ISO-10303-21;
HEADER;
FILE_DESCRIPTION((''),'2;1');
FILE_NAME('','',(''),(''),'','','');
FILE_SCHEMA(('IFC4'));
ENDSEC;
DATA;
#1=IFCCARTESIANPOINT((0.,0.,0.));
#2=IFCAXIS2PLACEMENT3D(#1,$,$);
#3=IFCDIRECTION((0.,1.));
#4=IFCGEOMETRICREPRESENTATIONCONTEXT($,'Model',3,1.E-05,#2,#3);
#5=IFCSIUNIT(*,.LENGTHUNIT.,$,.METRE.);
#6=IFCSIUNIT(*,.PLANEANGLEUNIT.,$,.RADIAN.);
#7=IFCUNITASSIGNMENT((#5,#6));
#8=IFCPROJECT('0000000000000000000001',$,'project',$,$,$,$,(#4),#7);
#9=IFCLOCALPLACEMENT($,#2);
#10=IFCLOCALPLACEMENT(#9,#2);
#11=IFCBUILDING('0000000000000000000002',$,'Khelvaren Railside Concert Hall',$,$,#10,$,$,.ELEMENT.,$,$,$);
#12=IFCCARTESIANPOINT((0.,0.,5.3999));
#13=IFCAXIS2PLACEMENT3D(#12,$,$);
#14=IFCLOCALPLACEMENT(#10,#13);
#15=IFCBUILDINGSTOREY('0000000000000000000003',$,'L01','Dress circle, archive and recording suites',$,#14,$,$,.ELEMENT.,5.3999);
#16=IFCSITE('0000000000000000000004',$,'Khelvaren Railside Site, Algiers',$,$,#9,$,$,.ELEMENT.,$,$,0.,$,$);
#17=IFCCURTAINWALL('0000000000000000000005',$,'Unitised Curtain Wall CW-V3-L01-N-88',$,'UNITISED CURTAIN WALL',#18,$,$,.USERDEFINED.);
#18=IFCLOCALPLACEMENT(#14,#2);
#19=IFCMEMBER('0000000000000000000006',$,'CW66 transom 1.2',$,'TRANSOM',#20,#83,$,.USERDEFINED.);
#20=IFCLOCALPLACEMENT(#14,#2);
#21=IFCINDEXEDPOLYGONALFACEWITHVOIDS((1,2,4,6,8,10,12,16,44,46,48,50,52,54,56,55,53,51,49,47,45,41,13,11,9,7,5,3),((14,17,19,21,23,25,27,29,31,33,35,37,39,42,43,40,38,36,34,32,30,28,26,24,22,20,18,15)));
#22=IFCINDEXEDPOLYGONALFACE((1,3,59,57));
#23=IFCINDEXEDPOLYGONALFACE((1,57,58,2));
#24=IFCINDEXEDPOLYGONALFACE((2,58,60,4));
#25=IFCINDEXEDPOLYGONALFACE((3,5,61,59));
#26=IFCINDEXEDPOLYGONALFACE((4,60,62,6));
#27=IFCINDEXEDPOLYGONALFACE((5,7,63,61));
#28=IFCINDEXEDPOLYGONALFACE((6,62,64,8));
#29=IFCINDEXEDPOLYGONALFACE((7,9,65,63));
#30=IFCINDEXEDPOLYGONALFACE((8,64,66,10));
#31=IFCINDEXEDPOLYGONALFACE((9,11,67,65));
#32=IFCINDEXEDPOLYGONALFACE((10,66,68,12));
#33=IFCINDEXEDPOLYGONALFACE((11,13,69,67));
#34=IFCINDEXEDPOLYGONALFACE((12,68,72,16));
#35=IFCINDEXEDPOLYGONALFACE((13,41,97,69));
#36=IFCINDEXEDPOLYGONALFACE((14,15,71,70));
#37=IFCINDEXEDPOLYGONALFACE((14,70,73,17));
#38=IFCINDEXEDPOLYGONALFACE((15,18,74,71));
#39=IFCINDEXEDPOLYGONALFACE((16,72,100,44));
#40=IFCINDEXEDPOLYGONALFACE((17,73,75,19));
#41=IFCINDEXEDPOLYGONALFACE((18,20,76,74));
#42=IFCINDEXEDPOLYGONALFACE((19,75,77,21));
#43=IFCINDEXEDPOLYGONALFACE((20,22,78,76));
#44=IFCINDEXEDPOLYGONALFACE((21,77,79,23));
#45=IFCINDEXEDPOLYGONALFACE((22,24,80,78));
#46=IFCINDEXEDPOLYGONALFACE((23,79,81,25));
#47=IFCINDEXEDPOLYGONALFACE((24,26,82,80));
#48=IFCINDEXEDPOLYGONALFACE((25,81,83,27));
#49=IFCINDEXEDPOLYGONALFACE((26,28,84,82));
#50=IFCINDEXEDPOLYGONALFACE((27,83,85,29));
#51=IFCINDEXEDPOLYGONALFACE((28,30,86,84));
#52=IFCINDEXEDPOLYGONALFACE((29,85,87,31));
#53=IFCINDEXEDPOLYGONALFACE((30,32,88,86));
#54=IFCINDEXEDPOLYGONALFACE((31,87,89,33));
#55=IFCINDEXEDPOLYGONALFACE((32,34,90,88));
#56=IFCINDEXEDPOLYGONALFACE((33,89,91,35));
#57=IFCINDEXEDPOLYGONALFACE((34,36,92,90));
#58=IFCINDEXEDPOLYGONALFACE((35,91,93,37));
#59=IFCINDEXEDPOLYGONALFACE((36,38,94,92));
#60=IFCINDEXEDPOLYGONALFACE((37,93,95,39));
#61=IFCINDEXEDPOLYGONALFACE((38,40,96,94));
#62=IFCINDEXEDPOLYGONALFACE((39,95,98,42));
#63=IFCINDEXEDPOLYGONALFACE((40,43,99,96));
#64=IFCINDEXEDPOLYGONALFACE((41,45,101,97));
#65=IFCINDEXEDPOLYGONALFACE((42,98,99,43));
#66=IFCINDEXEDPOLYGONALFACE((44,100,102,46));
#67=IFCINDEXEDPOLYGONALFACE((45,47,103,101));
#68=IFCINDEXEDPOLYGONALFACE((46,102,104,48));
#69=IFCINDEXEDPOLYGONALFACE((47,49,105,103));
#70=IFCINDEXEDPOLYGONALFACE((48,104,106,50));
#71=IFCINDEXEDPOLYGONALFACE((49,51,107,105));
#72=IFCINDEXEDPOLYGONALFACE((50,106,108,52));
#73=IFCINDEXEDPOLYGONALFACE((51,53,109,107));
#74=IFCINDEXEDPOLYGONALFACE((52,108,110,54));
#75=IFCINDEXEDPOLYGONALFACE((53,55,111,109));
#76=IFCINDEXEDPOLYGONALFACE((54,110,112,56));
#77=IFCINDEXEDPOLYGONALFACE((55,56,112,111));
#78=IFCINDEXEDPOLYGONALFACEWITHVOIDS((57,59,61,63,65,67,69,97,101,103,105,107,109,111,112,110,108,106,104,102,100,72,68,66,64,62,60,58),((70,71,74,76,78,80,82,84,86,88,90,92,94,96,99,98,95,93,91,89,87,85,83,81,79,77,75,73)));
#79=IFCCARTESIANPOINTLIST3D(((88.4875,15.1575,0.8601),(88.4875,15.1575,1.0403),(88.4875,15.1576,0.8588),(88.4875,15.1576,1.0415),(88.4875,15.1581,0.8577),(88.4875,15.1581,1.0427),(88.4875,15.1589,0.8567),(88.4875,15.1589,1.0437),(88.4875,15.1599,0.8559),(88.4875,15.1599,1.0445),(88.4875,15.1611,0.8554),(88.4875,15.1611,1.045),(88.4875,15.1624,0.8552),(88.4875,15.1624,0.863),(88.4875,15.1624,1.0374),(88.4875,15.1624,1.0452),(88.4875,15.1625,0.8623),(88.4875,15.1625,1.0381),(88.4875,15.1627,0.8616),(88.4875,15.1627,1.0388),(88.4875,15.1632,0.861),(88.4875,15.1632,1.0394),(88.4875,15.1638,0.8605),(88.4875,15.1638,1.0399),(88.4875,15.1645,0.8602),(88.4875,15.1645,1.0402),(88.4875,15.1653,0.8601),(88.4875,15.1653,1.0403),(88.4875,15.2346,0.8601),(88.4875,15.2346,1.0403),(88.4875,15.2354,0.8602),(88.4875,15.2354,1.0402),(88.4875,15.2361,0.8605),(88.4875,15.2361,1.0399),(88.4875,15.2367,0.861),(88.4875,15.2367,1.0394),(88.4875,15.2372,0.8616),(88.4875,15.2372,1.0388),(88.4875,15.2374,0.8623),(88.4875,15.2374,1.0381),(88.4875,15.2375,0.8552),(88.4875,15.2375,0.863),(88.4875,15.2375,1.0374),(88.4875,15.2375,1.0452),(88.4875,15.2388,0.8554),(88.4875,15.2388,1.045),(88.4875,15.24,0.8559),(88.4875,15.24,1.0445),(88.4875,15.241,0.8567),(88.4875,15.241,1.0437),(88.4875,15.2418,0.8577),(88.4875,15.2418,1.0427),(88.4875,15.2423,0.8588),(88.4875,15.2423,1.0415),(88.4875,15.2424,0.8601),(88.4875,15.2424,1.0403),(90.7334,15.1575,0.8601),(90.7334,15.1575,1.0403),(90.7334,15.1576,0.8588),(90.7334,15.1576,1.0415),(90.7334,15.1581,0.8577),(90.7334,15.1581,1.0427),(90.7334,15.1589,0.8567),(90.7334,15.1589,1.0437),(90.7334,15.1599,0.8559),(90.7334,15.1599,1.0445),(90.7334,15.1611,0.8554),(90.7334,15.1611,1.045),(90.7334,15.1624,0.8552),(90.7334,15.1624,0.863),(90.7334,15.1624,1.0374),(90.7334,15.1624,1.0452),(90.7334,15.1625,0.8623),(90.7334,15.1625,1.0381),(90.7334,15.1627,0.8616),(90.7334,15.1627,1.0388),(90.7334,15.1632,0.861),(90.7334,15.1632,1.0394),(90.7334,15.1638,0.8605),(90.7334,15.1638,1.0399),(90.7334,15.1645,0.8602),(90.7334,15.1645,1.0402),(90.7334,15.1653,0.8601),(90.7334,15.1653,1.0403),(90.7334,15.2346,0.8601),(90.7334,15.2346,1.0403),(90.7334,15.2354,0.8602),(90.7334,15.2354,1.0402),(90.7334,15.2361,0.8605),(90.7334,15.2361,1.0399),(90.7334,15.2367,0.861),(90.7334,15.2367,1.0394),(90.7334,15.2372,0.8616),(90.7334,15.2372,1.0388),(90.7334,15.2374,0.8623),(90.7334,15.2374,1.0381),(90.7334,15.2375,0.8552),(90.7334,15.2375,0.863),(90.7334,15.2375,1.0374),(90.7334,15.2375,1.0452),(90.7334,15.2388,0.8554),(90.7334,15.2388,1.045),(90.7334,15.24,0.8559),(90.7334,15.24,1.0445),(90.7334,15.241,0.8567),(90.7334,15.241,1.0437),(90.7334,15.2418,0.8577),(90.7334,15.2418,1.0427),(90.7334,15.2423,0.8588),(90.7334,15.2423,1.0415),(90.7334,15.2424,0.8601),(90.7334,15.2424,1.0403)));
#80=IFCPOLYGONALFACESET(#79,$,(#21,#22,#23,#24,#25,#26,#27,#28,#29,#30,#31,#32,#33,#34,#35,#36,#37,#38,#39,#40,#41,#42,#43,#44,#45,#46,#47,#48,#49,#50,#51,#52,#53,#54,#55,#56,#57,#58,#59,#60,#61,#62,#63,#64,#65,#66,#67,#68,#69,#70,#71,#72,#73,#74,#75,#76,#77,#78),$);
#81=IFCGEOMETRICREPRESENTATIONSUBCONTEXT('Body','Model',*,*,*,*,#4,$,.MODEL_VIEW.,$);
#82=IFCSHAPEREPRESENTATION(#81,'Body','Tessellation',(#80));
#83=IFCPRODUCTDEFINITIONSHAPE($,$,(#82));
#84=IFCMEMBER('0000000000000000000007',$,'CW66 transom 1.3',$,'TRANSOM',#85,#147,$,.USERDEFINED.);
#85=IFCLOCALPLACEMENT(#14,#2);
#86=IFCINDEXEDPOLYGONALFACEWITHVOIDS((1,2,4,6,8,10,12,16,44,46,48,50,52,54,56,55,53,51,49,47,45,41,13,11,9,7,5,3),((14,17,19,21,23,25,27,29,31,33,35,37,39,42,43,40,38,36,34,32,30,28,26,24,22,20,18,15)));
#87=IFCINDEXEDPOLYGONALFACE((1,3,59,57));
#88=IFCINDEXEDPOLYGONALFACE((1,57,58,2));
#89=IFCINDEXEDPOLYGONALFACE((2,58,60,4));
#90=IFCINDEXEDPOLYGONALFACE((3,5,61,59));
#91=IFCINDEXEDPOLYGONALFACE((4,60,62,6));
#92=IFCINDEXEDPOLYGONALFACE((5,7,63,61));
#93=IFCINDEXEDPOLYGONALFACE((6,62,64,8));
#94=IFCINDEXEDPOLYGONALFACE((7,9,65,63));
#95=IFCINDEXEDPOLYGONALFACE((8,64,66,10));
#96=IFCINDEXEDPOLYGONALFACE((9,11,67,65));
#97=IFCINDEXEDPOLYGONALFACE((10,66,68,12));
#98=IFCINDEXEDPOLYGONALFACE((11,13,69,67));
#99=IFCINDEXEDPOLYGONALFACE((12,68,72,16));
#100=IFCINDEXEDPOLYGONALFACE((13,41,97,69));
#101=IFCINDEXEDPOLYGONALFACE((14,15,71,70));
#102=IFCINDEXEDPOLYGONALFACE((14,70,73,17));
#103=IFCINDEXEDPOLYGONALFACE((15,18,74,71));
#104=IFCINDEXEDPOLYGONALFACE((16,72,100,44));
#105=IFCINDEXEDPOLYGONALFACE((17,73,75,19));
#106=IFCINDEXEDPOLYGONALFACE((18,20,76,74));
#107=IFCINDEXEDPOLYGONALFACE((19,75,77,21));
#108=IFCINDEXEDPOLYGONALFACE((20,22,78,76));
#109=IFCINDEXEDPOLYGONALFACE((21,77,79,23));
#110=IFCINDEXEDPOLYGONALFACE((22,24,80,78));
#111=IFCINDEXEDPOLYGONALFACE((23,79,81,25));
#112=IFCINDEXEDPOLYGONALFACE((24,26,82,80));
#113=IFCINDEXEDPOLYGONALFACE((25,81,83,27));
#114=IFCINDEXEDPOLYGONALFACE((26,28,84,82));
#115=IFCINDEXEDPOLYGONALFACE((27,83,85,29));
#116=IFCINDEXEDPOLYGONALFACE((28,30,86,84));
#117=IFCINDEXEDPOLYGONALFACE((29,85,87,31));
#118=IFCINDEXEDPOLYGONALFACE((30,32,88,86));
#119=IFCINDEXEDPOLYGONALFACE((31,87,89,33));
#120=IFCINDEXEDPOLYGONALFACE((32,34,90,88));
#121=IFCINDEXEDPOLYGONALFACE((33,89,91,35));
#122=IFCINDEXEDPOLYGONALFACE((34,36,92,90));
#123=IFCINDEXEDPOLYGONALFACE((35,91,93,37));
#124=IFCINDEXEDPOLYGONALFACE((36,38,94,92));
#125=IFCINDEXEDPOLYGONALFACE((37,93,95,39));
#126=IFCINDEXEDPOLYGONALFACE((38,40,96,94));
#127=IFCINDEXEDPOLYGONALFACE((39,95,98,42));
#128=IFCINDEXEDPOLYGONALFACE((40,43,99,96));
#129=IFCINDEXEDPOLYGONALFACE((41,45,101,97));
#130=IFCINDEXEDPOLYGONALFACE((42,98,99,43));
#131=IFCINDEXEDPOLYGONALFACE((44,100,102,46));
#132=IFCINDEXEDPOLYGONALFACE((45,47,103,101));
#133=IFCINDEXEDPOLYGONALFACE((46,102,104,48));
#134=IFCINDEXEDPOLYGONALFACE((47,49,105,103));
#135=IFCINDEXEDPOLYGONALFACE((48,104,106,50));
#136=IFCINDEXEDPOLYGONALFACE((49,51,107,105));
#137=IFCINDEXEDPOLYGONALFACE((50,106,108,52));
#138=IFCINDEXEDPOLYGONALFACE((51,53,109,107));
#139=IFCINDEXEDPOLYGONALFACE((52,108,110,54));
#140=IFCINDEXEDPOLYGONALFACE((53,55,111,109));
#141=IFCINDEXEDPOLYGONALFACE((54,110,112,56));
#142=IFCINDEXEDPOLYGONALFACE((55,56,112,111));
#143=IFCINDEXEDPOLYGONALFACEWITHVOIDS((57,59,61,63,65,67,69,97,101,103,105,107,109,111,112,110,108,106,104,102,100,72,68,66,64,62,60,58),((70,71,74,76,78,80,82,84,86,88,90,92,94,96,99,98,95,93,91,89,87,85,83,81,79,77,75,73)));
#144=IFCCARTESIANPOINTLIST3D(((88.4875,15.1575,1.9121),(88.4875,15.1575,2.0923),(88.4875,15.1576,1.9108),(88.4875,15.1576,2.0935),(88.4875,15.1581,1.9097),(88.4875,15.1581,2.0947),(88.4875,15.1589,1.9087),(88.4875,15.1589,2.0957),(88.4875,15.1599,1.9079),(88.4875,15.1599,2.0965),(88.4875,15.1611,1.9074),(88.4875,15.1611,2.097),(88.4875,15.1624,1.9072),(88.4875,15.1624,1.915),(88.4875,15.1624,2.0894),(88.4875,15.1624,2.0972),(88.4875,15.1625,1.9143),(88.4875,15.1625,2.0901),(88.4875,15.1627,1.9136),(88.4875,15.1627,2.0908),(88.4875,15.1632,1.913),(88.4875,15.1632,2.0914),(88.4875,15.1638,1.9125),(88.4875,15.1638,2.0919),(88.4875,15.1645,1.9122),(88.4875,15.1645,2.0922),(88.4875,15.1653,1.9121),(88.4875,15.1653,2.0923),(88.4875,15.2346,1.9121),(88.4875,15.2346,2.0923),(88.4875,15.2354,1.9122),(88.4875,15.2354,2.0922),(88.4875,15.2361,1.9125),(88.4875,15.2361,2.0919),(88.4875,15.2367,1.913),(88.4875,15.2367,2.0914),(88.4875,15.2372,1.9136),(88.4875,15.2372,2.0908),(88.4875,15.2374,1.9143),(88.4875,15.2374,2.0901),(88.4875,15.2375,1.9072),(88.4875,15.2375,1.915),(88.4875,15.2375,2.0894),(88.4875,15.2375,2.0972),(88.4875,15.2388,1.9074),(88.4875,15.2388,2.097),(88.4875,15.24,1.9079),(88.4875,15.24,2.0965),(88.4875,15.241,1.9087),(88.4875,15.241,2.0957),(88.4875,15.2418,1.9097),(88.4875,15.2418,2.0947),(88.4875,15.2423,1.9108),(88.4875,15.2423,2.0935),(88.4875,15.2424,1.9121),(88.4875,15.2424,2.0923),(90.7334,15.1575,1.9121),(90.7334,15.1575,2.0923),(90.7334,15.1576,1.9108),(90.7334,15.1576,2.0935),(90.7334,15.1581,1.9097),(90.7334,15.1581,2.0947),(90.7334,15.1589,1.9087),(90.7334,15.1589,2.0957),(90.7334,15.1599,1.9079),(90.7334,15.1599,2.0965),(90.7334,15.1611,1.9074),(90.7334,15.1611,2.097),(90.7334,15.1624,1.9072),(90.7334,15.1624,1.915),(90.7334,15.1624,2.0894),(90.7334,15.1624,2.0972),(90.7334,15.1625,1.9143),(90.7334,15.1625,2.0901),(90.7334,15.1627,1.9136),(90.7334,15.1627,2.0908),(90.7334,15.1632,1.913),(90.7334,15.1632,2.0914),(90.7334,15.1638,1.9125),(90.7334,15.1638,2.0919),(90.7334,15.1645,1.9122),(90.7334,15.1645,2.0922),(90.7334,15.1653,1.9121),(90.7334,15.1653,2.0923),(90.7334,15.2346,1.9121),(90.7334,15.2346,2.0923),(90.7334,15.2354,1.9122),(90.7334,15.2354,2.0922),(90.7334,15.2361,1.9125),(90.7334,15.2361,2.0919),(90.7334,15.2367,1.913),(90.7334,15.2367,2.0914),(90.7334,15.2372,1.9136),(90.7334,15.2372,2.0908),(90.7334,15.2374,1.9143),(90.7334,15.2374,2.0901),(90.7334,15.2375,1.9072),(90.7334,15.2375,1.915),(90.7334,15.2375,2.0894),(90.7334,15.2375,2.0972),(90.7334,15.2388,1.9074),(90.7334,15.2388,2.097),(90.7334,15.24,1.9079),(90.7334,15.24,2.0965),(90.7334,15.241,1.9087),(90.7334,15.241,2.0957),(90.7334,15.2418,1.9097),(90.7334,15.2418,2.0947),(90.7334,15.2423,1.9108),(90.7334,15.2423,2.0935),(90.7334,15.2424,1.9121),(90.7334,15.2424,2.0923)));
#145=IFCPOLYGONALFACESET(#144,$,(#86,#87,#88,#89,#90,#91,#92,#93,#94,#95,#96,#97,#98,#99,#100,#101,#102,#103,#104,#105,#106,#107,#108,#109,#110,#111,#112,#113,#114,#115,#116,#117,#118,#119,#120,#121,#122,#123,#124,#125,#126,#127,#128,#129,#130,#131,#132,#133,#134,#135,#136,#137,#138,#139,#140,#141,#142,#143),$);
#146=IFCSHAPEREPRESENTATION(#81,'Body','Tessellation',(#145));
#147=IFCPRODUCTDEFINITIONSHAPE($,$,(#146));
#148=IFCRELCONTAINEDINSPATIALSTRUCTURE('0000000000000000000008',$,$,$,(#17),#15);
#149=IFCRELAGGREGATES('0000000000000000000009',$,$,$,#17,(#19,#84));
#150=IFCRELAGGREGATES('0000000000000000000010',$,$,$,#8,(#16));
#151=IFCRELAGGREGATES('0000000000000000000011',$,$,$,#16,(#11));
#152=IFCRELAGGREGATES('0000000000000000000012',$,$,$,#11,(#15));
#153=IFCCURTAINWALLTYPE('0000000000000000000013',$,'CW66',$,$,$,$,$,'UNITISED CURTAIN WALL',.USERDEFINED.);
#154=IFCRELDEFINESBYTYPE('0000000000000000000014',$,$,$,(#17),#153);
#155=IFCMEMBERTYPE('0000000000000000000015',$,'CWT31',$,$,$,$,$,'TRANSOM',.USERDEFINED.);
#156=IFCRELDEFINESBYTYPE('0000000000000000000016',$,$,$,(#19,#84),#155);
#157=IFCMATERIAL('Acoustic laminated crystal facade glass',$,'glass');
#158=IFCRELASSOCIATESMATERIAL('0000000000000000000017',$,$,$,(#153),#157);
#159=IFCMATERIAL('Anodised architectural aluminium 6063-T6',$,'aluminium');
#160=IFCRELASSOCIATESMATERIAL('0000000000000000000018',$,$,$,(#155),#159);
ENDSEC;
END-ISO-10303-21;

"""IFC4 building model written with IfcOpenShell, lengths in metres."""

from ifc_helpers import new_model, si_unit, direction, frame, origin, origin_2d, place, context, subcontext, project, spatial, hollow_rectangle, extrude, material, material_profile, profile_set, type_object, element, aggregate, save


model = new_model("IFC4")

# Units and contexts
model_context = context("Model", 3, precision=1e-05, world=origin(), true_north=direction((0.0, 1.0)))
body_context = subcontext(model_context, "Body", "Model", "MODEL_VIEW")
ifc_project = project(units=[si_unit("LENGTHUNIT", "METRE"), si_unit("PLANEANGLEUNIT", "RADIAN")], contexts=[model_context])

# Site, building, storey
site_placement = place(None, origin())
site = spatial("IfcSite", under=ifc_project, at=site_placement, Name="Khelvaren Railside Site, Algiers", CompositionType="ELEMENT", RefElevation=0.0)
building_placement = place(site_placement, origin())
building = spatial("IfcBuilding", under=site, at=building_placement, Name="Khelvaren Railside Concert Hall", CompositionType="ELEMENT")
storey_placement = place(building_placement, frame((0.0, 0.0, 5.3999)))
storey = spatial("IfcBuildingStorey", under=building, at=storey_placement, Name="L01", Description="Dress circle, archive and recording suites", CompositionType="ELEMENT", Elevation=5.3999)

# Curtain wall, members
ifc_material_1 = material(Name="Acoustic laminated crystal facade glass", Category="glass")
curtain_wall_type = type_object("IfcCurtainWallType", Name="CW66", ElementType="UNITISED CURTAIN WALL", PredefinedType="USERDEFINED", material=ifc_material_1)
curtain_wall_placement = place(storey_placement, origin())
curtain_wall = element("IfcCurtainWall", 1, at=curtain_wall_placement, inside=storey, type_object=curtain_wall_type, Name="Unitised Curtain Wall CW-V3-L01-N-88", ObjectType="UNITISED CURTAIN WALL", PredefinedType="USERDEFINED")
ifc_material_2 = material(Name="Anodised architectural aluminium 6063-T6", Category="aluminium")
ifc_material_profile_1 = material_profile(ifc_material_2, hollow_rectangle(XDim=0.085, YDim=0.1899, WallThickness=0.0049, InnerFilletRadius=0.0029, OuterFilletRadius=0.0049, at=origin_2d()), Name="CWT 85x190x5")
ifc_profile_set_1 = profile_set([ifc_material_profile_1], Name="Anodised architectural aluminium 6063-T6")
member_type_1 = type_object("IfcMemberType", Name="CWT31", ElementType="TRANSOM", PredefinedType="USERDEFINED", material=ifc_profile_set_1)
member_1_placement = place(storey_placement, frame((88.4875, 15.2, 0.9502), z_axis=(1.0, 0.0, 0.0), x_axis=(0.0, 1.0, 0.0)))
member_1 = element("IfcMember", 2, at=member_1_placement, type_object=member_type_1, Name="CW66 transom 1.2", ObjectType="TRANSOM", PredefinedType="USERDEFINED", context=body_context, shape_type="SweptSolid", body=[
    extrude(hollow_rectangle(XDim=0.085, YDim=0.1899, WallThickness=0.0049, InnerFilletRadius=0.0029, OuterFilletRadius=0.0049, at=origin_2d()), origin(), (0.0, 0.0, 1.0), 2.2458),
])
member_2_placement = place(storey_placement, frame((88.4875, 15.2, 2.0022), z_axis=(1.0, 0.0, 0.0), x_axis=(0.0, 1.0, 0.0)))
member_2 = element("IfcMember", 3, at=member_2_placement, type_object=member_type_1, Name="CW66 transom 1.3", ObjectType="TRANSOM", PredefinedType="USERDEFINED", context=body_context, shape_type="SweptSolid", body=[
    extrude(hollow_rectangle(XDim=0.085, YDim=0.1899, WallThickness=0.0049, InnerFilletRadius=0.0029, OuterFilletRadius=0.0049, at=origin_2d()), origin(), (0.0, 0.0, 1.0), 2.2458),
])

aggregate(curtain_wall, [member_1, member_2])

save(model, "model.ifc")
